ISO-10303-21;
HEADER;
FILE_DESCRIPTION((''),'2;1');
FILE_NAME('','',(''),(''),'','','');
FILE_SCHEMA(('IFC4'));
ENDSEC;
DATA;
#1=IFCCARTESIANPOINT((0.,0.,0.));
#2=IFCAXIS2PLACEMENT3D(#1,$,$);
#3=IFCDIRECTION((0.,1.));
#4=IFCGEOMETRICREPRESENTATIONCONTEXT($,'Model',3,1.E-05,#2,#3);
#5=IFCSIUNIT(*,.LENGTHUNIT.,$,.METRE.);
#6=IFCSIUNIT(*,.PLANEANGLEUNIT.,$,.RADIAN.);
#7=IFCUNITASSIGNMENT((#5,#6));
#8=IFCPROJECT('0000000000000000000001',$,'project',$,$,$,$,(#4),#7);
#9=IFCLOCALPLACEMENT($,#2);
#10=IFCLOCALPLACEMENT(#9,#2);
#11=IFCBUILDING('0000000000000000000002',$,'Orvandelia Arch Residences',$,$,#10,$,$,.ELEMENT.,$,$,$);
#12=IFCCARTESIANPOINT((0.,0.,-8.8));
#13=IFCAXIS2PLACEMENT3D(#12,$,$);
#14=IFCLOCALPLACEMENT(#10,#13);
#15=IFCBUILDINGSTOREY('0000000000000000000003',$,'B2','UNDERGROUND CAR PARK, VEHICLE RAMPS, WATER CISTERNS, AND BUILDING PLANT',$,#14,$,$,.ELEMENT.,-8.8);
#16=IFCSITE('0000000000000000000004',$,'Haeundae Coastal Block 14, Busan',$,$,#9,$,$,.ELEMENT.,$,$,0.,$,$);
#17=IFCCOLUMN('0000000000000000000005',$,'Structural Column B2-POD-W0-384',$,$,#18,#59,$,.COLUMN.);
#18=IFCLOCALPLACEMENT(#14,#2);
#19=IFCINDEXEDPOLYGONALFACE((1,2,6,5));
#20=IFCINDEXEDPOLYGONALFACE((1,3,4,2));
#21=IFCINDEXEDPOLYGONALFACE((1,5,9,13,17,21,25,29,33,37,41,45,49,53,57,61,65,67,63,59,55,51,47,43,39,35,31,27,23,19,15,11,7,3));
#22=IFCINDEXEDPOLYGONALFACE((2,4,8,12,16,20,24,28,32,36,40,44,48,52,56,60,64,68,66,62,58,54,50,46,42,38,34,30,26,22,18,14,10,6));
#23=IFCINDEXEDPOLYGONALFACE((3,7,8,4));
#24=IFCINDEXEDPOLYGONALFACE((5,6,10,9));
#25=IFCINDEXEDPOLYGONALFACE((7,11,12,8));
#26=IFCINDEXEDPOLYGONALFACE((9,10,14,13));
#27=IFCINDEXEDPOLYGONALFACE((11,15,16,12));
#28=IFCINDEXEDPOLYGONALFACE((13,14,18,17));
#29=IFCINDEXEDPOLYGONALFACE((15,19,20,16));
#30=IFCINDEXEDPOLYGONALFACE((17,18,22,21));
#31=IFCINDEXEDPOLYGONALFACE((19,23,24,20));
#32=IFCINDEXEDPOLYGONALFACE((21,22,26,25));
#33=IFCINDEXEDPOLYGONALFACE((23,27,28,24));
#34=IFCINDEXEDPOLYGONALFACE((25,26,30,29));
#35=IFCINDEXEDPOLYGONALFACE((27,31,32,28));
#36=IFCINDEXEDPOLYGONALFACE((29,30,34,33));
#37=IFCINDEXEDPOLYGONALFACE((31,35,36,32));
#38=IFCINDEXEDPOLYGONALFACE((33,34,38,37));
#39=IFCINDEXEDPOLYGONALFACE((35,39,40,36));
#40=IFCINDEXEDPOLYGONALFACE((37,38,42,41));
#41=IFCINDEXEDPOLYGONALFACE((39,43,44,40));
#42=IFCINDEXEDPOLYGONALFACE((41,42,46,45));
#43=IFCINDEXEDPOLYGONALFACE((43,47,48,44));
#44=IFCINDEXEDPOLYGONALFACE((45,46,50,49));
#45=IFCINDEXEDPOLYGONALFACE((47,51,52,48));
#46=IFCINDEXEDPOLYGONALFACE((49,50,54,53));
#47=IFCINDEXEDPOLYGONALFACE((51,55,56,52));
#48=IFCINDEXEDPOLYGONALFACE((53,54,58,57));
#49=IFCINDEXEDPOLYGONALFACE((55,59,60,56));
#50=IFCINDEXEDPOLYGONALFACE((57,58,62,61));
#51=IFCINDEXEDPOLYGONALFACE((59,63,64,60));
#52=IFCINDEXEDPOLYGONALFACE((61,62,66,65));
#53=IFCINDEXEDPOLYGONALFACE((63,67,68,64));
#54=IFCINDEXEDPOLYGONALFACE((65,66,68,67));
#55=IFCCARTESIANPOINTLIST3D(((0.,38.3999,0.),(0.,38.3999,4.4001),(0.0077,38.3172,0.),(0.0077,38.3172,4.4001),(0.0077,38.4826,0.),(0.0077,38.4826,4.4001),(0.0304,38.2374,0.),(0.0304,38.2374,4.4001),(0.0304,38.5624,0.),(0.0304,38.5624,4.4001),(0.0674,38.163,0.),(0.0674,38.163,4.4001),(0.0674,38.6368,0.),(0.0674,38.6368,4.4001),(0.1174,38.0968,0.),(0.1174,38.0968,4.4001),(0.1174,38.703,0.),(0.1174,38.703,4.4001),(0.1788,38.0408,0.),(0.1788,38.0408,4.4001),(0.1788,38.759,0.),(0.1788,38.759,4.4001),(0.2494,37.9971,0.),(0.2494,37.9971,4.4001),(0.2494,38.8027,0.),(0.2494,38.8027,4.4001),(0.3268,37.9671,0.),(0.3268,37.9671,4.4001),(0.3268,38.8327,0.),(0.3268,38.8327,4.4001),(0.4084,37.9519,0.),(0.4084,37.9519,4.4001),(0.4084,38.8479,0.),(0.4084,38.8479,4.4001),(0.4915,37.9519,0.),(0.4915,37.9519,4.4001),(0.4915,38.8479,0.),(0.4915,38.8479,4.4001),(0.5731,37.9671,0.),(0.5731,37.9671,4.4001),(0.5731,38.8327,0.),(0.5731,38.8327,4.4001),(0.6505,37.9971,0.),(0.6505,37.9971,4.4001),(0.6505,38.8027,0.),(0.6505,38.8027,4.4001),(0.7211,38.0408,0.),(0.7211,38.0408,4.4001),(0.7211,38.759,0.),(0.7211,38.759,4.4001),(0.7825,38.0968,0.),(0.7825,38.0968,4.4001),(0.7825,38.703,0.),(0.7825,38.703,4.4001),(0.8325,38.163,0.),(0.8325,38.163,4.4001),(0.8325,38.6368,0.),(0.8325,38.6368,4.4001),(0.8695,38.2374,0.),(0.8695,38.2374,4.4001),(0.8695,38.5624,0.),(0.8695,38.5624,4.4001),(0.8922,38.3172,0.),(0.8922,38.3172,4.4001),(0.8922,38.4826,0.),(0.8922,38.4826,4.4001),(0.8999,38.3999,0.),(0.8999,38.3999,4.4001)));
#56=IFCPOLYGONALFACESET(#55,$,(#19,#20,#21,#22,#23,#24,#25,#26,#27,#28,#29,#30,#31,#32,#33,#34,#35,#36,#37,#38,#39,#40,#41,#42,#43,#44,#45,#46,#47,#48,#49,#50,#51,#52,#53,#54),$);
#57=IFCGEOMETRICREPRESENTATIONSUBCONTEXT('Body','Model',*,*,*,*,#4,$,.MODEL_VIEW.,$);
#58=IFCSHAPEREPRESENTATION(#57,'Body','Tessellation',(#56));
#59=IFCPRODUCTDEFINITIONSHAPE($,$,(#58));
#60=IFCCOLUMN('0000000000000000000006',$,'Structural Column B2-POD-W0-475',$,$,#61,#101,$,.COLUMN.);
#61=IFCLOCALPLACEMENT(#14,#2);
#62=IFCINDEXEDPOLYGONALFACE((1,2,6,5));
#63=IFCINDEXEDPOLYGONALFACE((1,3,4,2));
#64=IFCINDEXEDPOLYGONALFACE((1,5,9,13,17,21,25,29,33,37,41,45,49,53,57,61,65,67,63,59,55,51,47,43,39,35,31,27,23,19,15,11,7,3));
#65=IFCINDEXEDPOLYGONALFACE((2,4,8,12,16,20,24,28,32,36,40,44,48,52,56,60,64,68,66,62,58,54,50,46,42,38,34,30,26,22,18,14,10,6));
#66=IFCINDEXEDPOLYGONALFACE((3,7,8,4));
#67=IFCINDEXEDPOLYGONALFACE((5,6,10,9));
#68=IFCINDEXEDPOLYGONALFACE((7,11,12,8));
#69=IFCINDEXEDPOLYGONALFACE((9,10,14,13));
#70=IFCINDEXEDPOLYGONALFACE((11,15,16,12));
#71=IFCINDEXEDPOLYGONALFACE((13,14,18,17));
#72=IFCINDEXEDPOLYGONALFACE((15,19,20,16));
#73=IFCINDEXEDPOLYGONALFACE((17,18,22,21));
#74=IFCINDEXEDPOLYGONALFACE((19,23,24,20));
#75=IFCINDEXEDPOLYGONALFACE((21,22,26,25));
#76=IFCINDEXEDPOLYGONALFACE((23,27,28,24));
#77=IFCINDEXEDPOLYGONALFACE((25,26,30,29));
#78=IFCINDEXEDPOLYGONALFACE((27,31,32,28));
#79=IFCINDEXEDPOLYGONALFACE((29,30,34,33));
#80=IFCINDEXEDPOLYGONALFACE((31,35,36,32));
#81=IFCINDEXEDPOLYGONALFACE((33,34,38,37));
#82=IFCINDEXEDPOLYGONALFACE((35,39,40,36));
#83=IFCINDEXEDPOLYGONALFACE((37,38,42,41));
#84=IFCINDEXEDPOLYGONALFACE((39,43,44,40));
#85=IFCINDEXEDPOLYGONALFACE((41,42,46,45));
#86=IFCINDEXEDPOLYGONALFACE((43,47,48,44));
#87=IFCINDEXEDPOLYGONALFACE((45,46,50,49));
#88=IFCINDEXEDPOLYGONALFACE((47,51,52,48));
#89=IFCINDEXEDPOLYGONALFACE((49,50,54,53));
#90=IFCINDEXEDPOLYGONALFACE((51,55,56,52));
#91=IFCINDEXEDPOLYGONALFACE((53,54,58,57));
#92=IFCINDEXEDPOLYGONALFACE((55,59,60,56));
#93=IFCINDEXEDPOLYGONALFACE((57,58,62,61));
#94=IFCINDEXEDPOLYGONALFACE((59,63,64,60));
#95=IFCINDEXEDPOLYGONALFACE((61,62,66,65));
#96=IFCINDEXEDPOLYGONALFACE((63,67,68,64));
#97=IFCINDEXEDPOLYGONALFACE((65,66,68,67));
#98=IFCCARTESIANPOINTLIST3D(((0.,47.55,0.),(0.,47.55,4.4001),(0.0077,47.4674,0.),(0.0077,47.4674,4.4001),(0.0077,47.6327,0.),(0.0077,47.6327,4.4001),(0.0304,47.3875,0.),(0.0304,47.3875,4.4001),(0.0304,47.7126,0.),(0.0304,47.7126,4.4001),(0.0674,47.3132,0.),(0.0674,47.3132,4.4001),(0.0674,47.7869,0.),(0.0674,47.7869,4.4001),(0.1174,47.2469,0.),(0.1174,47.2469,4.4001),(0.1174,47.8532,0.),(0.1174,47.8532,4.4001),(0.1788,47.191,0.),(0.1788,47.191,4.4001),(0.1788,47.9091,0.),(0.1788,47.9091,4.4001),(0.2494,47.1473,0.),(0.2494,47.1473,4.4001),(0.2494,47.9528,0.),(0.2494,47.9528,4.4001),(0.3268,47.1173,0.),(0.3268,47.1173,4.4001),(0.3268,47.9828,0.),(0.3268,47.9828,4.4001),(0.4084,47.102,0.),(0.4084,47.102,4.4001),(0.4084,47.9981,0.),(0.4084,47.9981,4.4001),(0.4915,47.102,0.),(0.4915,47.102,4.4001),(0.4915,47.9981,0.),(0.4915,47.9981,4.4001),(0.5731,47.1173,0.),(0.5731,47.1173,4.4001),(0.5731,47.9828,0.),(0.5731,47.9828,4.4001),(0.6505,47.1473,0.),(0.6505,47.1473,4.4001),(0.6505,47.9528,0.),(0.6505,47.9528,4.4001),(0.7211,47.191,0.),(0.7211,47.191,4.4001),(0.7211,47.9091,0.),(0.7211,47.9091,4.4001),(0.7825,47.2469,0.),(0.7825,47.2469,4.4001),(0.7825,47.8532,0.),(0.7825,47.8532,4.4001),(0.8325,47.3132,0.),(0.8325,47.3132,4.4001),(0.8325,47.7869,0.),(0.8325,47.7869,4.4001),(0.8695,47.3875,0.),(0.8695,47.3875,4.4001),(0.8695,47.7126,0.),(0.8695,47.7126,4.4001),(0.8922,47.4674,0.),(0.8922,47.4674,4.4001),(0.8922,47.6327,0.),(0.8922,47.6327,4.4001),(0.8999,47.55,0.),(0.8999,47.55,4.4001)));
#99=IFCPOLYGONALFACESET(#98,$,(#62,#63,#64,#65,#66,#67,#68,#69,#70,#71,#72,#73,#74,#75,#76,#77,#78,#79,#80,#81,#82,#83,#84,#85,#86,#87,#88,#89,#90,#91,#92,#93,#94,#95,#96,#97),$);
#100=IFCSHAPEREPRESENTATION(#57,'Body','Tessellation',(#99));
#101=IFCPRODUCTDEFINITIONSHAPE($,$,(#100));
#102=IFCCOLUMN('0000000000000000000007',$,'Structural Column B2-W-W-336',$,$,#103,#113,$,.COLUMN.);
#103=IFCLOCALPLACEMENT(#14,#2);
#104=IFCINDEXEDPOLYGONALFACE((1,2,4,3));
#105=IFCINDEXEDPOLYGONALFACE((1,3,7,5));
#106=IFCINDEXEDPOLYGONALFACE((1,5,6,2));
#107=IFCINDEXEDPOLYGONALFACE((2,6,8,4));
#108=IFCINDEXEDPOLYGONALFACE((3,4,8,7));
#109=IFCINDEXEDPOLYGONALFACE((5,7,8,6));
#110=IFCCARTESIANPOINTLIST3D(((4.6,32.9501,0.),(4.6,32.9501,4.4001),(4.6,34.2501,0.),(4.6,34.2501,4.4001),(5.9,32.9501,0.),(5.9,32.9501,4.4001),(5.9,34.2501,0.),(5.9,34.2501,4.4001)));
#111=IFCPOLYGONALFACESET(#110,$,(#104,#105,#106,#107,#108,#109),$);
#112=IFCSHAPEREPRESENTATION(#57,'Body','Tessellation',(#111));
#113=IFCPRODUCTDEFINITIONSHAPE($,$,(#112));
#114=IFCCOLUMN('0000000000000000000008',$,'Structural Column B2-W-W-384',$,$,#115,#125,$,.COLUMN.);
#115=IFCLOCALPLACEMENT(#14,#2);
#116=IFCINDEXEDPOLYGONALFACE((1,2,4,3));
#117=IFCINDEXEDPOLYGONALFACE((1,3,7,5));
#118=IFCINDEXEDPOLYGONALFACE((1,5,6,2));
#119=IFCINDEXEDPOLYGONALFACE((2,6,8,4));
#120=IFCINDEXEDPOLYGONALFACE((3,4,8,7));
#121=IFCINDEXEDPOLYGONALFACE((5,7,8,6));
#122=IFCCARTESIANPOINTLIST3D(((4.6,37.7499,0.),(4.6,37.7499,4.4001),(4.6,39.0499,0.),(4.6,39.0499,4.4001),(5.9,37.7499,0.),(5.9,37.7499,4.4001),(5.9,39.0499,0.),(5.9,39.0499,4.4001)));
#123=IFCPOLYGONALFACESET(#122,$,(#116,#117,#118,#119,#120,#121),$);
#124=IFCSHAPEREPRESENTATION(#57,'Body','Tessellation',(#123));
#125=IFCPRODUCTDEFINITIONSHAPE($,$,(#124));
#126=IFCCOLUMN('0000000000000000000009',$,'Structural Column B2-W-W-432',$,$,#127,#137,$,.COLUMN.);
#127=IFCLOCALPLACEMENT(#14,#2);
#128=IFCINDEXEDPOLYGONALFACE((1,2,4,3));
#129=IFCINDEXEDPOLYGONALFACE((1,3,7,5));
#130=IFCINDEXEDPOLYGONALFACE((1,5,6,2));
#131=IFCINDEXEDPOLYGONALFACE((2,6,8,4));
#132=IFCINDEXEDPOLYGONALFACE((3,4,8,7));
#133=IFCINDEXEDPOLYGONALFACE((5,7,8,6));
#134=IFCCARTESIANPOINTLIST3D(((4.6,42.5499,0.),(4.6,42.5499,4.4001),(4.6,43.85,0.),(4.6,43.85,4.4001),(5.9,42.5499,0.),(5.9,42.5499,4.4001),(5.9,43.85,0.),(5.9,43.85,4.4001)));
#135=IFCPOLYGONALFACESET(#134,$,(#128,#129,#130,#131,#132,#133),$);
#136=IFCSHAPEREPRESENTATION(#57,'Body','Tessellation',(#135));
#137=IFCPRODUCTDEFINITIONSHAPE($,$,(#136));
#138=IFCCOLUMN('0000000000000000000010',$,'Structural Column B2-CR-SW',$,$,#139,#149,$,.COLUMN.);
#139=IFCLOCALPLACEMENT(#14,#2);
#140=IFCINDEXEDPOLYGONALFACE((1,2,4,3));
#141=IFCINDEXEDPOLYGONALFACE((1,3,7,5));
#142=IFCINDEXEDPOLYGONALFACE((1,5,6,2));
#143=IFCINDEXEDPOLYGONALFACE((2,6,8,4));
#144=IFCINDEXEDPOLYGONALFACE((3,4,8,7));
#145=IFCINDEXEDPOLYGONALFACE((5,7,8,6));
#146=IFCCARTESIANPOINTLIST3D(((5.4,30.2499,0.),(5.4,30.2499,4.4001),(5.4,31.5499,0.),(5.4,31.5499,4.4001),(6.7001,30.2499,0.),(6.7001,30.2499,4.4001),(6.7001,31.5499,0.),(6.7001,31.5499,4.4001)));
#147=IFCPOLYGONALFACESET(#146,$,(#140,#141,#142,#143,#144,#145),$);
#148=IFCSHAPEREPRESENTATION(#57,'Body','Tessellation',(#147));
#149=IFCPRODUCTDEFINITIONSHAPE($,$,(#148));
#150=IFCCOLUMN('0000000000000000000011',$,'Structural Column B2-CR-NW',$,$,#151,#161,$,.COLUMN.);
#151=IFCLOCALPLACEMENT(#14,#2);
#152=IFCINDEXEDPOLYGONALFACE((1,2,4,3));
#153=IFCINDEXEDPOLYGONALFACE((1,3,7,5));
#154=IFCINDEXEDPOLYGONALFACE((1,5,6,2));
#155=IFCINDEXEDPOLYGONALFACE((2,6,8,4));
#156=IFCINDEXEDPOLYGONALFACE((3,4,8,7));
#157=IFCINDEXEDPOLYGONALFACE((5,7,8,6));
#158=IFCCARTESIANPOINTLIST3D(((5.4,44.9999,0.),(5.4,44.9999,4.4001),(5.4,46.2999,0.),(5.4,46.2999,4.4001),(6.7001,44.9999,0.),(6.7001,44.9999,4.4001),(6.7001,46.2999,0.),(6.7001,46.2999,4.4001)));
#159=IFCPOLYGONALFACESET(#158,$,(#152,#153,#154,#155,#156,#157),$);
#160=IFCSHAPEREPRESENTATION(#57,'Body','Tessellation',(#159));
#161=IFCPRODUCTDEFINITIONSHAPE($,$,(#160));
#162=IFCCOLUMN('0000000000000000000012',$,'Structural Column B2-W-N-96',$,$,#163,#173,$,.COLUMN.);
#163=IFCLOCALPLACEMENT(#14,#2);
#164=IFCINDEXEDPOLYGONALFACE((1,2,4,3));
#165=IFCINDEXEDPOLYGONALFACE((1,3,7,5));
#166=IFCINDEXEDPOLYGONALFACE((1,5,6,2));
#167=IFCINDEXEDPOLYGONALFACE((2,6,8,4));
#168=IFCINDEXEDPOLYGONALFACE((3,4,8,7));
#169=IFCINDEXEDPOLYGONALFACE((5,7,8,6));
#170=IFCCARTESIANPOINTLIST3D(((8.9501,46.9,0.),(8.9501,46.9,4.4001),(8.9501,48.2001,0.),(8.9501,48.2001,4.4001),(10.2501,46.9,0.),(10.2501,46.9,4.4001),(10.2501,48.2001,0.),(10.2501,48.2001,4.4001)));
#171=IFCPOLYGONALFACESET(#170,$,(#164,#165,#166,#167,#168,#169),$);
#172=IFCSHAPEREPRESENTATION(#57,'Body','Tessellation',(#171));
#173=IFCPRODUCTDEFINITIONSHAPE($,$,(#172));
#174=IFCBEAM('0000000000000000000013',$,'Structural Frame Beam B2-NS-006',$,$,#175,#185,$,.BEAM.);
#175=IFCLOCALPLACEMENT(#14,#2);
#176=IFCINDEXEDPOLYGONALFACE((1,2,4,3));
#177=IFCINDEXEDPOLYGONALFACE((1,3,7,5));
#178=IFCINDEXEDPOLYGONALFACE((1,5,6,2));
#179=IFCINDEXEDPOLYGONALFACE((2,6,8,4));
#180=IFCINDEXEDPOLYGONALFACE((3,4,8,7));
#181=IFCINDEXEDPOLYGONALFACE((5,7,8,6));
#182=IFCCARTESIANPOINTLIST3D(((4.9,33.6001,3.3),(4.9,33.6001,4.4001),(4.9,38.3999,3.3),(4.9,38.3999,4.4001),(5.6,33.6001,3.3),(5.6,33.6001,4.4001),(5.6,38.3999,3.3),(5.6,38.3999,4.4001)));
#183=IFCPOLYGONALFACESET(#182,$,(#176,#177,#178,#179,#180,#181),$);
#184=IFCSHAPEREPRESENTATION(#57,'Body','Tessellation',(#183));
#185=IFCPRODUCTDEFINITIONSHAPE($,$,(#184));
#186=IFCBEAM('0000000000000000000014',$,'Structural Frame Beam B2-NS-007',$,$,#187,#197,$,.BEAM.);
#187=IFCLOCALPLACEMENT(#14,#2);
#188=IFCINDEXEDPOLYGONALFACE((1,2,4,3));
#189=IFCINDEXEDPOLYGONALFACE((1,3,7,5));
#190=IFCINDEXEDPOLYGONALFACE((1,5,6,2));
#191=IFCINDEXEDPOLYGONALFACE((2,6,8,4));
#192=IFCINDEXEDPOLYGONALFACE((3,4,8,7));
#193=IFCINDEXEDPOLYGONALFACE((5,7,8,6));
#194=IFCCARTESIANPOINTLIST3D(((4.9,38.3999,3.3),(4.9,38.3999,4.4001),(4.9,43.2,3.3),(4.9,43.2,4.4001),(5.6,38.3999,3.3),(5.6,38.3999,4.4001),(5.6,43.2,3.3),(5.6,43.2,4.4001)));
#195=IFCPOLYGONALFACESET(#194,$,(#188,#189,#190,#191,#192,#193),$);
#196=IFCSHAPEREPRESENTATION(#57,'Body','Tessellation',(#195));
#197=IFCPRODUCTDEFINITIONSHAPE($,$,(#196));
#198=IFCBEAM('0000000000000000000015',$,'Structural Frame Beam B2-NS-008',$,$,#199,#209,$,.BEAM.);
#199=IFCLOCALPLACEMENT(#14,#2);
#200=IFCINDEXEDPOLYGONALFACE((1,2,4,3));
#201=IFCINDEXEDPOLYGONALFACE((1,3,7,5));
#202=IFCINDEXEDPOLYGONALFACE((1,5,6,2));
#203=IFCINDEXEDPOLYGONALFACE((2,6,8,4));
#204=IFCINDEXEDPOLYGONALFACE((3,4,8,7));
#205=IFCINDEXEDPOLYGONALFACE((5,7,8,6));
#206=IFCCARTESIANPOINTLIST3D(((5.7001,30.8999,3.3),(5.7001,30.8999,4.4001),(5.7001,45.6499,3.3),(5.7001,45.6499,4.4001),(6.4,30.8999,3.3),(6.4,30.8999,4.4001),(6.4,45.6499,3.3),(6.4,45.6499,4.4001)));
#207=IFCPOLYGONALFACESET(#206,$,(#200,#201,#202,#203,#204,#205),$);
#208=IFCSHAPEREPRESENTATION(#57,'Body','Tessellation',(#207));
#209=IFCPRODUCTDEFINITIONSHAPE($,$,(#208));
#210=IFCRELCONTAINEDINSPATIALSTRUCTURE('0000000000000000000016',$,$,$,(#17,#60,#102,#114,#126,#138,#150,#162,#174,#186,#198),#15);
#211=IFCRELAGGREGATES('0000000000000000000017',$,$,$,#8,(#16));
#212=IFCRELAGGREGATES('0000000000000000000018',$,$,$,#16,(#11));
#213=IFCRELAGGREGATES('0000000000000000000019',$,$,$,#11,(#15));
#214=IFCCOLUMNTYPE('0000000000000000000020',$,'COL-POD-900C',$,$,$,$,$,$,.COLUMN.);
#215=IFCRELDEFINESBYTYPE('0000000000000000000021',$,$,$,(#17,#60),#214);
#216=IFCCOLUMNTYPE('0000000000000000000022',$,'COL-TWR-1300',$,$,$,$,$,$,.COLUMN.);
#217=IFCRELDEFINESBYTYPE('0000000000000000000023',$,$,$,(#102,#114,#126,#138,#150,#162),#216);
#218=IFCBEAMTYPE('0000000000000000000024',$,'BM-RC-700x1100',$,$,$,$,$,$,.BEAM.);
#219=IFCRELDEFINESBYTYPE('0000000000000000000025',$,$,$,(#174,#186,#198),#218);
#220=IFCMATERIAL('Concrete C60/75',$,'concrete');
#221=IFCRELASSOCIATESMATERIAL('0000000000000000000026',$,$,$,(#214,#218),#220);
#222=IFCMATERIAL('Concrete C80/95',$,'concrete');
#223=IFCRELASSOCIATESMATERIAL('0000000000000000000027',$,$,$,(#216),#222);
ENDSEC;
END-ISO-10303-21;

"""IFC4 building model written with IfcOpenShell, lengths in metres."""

from ifc_helpers import new_model, si_unit, direction, frame, origin, origin_2d, place, context, subcontext, project, spatial, rectangle, circle, extrude, material, material_profile, profile_set, type_object, element, save


model = new_model("IFC4")

# Units and contexts
model_context = context("Model", 3, precision=1e-05, world=origin(), true_north=direction((0.0, 1.0)))
body_context = subcontext(model_context, "Body", "Model", "MODEL_VIEW")
ifc_project = project(units=[si_unit("LENGTHUNIT", "METRE"), si_unit("PLANEANGLEUNIT", "RADIAN")], contexts=[model_context])

# Site, building, storey
site_placement = place(None, origin())
site = spatial("IfcSite", under=ifc_project, at=site_placement, Name="Haeundae Coastal Block 14, Busan", CompositionType="ELEMENT", RefElevation=0.0)
building_placement = place(site_placement, origin())
building = spatial("IfcBuilding", under=site, at=building_placement, Name="Orvandelia Arch Residences", CompositionType="ELEMENT")
storey_placement = place(building_placement, frame((0.0, 0.0, -8.8)))
storey = spatial("IfcBuildingStorey", under=building, at=storey_placement, Name="B2", Description="UNDERGROUND CAR PARK, VEHICLE RAMPS, WATER CISTERNS, AND BUILDING PLANT", CompositionType="ELEMENT", Elevation=-8.8)

# Columns
ifc_material_1 = material(Name="Concrete C60/75", Category="concrete")
ifc_material_profile_1 = material_profile(ifc_material_1, circle(Radius=0.45, at=origin_2d()), Name="Concrete C60/75", Category="concrete")
ifc_profile_set_1 = profile_set([ifc_material_profile_1], Name="Concrete C60/75")
column_type_1 = type_object("IfcColumnType", Name="COL-POD-900C", PredefinedType="COLUMN", material=ifc_profile_set_1)
for number, where, z_axis, x_axis, name in (
    (1, (0.45, 38.3999, 0.0), (0.0, 0.0, 1.0), (1.0, 0.0, 0.0), "Structural Column B2-POD-W0-384"),
    (2, (0.45, 47.55, 0.0), (0.0, 0.0, 1.0), (1.0, 0.0, 0.0), "Structural Column B2-POD-W0-475"),
):
    element("IfcColumn", number, at=place(storey_placement, frame(where, z_axis=z_axis, x_axis=x_axis)), inside=storey, type_object=column_type_1, Name=name, PredefinedType="COLUMN", context=body_context, shape_type="SweptSolid", body=[
        extrude(circle(Radius=0.45, at=origin_2d()), origin(), (0.0, 0.0, 1.0), 4.4001),
    ])
ifc_material_2 = material(Name="Concrete C80/95", Category="concrete")
ifc_material_profile_2 = material_profile(ifc_material_2, rectangle(XDim=1.3, YDim=1.3, at=origin_2d()), Name="Concrete C80/95", Category="concrete")
ifc_profile_set_2 = profile_set([ifc_material_profile_2], Name="Concrete C80/95")
column_type_2 = type_object("IfcColumnType", Name="COL-TWR-1300", PredefinedType="COLUMN", material=ifc_profile_set_2)
for number, where, z_axis, x_axis, name in (
    (3, (5.25, 33.6001, 0.0), (0.0, 0.0, 1.0), (1.0, 0.0, 0.0), "Structural Column B2-W-W-336"),
    (4, (5.25, 38.3999, 0.0), (0.0, 0.0, 1.0), (1.0, 0.0, 0.0), "Structural Column B2-W-W-384"),
    (5, (5.25, 43.2, 0.0), (0.0, 0.0, 1.0), (1.0, 0.0, 0.0), "Structural Column B2-W-W-432"),
    (6, (6.05, 30.8999, 0.0), (0.0, 0.0, 1.0), (1.0, 0.0, 0.0), "Structural Column B2-CR-SW"),
    (7, (6.05, 45.6499, 0.0), (0.0, 0.0, 1.0), (1.0, 0.0, 0.0), "Structural Column B2-CR-NW"),
    (8, (9.6001, 47.55, 0.0), (0.0, 0.0, 1.0), (1.0, 0.0, 0.0), "Structural Column B2-W-N-96"),
):
    element("IfcColumn", number, at=place(storey_placement, frame(where, z_axis=z_axis, x_axis=x_axis)), inside=storey, type_object=column_type_2, Name=name, PredefinedType="COLUMN", context=body_context, shape_type="SweptSolid", body=[
        extrude(rectangle(XDim=1.3, YDim=1.3, at=origin_2d()), origin(), (0.0, 0.0, 1.0), 4.4001),
    ])

# Beams
ifc_material_profile_3 = material_profile(ifc_material_1, rectangle(XDim=0.7, YDim=1.1001, at=origin_2d()), Name="Concrete C60/75", Category="concrete")
ifc_profile_set_3 = profile_set([ifc_material_profile_3], Name="Concrete C60/75")
beam_type = type_object("IfcBeamType", Name="BM-RC-700x1100", PredefinedType="BEAM", material=ifc_profile_set_3)
beam_1_placement = place(storey_placement, frame((5.25, 33.6001, 3.8501), z_axis=(0.0, 1.0, 0.0), x_axis=(-1.0, 0.0, 0.0)))
element("IfcBeam", 9, at=beam_1_placement, inside=storey, type_object=beam_type, Name="Structural Frame Beam B2-NS-006", PredefinedType="BEAM", context=body_context, shape_type="SweptSolid", body=[
    extrude(rectangle(XDim=0.7, YDim=1.1001, at=origin_2d()), origin(), (0.0, 0.0, 1.0), 4.7998),
])
beam_2_placement = place(storey_placement, frame((5.25, 38.3999, 3.8501), z_axis=(0.0, 1.0, 0.0), x_axis=(-1.0, 0.0, 0.0)))
element("IfcBeam", 10, at=beam_2_placement, inside=storey, type_object=beam_type, Name="Structural Frame Beam B2-NS-007", PredefinedType="BEAM", context=body_context, shape_type="SweptSolid", body=[
    extrude(rectangle(XDim=0.7, YDim=1.1001, at=origin_2d()), origin(), (0.0, 0.0, 1.0), 4.8),
])
beam_3_placement = place(storey_placement, frame((6.05, 30.8999, 3.8501), z_axis=(0.0, 1.0, 0.0), x_axis=(-1.0, 0.0, 0.0)))
element("IfcBeam", 11, at=beam_3_placement, inside=storey, type_object=beam_type, Name="Structural Frame Beam B2-NS-008", PredefinedType="BEAM", context=body_context, shape_type="SweptSolid", body=[
    extrude(rectangle(XDim=0.7, YDim=1.1001, at=origin_2d()), origin(), (0.0, 0.0, 1.0), 14.75),
])

save(model, "model.ifc")
